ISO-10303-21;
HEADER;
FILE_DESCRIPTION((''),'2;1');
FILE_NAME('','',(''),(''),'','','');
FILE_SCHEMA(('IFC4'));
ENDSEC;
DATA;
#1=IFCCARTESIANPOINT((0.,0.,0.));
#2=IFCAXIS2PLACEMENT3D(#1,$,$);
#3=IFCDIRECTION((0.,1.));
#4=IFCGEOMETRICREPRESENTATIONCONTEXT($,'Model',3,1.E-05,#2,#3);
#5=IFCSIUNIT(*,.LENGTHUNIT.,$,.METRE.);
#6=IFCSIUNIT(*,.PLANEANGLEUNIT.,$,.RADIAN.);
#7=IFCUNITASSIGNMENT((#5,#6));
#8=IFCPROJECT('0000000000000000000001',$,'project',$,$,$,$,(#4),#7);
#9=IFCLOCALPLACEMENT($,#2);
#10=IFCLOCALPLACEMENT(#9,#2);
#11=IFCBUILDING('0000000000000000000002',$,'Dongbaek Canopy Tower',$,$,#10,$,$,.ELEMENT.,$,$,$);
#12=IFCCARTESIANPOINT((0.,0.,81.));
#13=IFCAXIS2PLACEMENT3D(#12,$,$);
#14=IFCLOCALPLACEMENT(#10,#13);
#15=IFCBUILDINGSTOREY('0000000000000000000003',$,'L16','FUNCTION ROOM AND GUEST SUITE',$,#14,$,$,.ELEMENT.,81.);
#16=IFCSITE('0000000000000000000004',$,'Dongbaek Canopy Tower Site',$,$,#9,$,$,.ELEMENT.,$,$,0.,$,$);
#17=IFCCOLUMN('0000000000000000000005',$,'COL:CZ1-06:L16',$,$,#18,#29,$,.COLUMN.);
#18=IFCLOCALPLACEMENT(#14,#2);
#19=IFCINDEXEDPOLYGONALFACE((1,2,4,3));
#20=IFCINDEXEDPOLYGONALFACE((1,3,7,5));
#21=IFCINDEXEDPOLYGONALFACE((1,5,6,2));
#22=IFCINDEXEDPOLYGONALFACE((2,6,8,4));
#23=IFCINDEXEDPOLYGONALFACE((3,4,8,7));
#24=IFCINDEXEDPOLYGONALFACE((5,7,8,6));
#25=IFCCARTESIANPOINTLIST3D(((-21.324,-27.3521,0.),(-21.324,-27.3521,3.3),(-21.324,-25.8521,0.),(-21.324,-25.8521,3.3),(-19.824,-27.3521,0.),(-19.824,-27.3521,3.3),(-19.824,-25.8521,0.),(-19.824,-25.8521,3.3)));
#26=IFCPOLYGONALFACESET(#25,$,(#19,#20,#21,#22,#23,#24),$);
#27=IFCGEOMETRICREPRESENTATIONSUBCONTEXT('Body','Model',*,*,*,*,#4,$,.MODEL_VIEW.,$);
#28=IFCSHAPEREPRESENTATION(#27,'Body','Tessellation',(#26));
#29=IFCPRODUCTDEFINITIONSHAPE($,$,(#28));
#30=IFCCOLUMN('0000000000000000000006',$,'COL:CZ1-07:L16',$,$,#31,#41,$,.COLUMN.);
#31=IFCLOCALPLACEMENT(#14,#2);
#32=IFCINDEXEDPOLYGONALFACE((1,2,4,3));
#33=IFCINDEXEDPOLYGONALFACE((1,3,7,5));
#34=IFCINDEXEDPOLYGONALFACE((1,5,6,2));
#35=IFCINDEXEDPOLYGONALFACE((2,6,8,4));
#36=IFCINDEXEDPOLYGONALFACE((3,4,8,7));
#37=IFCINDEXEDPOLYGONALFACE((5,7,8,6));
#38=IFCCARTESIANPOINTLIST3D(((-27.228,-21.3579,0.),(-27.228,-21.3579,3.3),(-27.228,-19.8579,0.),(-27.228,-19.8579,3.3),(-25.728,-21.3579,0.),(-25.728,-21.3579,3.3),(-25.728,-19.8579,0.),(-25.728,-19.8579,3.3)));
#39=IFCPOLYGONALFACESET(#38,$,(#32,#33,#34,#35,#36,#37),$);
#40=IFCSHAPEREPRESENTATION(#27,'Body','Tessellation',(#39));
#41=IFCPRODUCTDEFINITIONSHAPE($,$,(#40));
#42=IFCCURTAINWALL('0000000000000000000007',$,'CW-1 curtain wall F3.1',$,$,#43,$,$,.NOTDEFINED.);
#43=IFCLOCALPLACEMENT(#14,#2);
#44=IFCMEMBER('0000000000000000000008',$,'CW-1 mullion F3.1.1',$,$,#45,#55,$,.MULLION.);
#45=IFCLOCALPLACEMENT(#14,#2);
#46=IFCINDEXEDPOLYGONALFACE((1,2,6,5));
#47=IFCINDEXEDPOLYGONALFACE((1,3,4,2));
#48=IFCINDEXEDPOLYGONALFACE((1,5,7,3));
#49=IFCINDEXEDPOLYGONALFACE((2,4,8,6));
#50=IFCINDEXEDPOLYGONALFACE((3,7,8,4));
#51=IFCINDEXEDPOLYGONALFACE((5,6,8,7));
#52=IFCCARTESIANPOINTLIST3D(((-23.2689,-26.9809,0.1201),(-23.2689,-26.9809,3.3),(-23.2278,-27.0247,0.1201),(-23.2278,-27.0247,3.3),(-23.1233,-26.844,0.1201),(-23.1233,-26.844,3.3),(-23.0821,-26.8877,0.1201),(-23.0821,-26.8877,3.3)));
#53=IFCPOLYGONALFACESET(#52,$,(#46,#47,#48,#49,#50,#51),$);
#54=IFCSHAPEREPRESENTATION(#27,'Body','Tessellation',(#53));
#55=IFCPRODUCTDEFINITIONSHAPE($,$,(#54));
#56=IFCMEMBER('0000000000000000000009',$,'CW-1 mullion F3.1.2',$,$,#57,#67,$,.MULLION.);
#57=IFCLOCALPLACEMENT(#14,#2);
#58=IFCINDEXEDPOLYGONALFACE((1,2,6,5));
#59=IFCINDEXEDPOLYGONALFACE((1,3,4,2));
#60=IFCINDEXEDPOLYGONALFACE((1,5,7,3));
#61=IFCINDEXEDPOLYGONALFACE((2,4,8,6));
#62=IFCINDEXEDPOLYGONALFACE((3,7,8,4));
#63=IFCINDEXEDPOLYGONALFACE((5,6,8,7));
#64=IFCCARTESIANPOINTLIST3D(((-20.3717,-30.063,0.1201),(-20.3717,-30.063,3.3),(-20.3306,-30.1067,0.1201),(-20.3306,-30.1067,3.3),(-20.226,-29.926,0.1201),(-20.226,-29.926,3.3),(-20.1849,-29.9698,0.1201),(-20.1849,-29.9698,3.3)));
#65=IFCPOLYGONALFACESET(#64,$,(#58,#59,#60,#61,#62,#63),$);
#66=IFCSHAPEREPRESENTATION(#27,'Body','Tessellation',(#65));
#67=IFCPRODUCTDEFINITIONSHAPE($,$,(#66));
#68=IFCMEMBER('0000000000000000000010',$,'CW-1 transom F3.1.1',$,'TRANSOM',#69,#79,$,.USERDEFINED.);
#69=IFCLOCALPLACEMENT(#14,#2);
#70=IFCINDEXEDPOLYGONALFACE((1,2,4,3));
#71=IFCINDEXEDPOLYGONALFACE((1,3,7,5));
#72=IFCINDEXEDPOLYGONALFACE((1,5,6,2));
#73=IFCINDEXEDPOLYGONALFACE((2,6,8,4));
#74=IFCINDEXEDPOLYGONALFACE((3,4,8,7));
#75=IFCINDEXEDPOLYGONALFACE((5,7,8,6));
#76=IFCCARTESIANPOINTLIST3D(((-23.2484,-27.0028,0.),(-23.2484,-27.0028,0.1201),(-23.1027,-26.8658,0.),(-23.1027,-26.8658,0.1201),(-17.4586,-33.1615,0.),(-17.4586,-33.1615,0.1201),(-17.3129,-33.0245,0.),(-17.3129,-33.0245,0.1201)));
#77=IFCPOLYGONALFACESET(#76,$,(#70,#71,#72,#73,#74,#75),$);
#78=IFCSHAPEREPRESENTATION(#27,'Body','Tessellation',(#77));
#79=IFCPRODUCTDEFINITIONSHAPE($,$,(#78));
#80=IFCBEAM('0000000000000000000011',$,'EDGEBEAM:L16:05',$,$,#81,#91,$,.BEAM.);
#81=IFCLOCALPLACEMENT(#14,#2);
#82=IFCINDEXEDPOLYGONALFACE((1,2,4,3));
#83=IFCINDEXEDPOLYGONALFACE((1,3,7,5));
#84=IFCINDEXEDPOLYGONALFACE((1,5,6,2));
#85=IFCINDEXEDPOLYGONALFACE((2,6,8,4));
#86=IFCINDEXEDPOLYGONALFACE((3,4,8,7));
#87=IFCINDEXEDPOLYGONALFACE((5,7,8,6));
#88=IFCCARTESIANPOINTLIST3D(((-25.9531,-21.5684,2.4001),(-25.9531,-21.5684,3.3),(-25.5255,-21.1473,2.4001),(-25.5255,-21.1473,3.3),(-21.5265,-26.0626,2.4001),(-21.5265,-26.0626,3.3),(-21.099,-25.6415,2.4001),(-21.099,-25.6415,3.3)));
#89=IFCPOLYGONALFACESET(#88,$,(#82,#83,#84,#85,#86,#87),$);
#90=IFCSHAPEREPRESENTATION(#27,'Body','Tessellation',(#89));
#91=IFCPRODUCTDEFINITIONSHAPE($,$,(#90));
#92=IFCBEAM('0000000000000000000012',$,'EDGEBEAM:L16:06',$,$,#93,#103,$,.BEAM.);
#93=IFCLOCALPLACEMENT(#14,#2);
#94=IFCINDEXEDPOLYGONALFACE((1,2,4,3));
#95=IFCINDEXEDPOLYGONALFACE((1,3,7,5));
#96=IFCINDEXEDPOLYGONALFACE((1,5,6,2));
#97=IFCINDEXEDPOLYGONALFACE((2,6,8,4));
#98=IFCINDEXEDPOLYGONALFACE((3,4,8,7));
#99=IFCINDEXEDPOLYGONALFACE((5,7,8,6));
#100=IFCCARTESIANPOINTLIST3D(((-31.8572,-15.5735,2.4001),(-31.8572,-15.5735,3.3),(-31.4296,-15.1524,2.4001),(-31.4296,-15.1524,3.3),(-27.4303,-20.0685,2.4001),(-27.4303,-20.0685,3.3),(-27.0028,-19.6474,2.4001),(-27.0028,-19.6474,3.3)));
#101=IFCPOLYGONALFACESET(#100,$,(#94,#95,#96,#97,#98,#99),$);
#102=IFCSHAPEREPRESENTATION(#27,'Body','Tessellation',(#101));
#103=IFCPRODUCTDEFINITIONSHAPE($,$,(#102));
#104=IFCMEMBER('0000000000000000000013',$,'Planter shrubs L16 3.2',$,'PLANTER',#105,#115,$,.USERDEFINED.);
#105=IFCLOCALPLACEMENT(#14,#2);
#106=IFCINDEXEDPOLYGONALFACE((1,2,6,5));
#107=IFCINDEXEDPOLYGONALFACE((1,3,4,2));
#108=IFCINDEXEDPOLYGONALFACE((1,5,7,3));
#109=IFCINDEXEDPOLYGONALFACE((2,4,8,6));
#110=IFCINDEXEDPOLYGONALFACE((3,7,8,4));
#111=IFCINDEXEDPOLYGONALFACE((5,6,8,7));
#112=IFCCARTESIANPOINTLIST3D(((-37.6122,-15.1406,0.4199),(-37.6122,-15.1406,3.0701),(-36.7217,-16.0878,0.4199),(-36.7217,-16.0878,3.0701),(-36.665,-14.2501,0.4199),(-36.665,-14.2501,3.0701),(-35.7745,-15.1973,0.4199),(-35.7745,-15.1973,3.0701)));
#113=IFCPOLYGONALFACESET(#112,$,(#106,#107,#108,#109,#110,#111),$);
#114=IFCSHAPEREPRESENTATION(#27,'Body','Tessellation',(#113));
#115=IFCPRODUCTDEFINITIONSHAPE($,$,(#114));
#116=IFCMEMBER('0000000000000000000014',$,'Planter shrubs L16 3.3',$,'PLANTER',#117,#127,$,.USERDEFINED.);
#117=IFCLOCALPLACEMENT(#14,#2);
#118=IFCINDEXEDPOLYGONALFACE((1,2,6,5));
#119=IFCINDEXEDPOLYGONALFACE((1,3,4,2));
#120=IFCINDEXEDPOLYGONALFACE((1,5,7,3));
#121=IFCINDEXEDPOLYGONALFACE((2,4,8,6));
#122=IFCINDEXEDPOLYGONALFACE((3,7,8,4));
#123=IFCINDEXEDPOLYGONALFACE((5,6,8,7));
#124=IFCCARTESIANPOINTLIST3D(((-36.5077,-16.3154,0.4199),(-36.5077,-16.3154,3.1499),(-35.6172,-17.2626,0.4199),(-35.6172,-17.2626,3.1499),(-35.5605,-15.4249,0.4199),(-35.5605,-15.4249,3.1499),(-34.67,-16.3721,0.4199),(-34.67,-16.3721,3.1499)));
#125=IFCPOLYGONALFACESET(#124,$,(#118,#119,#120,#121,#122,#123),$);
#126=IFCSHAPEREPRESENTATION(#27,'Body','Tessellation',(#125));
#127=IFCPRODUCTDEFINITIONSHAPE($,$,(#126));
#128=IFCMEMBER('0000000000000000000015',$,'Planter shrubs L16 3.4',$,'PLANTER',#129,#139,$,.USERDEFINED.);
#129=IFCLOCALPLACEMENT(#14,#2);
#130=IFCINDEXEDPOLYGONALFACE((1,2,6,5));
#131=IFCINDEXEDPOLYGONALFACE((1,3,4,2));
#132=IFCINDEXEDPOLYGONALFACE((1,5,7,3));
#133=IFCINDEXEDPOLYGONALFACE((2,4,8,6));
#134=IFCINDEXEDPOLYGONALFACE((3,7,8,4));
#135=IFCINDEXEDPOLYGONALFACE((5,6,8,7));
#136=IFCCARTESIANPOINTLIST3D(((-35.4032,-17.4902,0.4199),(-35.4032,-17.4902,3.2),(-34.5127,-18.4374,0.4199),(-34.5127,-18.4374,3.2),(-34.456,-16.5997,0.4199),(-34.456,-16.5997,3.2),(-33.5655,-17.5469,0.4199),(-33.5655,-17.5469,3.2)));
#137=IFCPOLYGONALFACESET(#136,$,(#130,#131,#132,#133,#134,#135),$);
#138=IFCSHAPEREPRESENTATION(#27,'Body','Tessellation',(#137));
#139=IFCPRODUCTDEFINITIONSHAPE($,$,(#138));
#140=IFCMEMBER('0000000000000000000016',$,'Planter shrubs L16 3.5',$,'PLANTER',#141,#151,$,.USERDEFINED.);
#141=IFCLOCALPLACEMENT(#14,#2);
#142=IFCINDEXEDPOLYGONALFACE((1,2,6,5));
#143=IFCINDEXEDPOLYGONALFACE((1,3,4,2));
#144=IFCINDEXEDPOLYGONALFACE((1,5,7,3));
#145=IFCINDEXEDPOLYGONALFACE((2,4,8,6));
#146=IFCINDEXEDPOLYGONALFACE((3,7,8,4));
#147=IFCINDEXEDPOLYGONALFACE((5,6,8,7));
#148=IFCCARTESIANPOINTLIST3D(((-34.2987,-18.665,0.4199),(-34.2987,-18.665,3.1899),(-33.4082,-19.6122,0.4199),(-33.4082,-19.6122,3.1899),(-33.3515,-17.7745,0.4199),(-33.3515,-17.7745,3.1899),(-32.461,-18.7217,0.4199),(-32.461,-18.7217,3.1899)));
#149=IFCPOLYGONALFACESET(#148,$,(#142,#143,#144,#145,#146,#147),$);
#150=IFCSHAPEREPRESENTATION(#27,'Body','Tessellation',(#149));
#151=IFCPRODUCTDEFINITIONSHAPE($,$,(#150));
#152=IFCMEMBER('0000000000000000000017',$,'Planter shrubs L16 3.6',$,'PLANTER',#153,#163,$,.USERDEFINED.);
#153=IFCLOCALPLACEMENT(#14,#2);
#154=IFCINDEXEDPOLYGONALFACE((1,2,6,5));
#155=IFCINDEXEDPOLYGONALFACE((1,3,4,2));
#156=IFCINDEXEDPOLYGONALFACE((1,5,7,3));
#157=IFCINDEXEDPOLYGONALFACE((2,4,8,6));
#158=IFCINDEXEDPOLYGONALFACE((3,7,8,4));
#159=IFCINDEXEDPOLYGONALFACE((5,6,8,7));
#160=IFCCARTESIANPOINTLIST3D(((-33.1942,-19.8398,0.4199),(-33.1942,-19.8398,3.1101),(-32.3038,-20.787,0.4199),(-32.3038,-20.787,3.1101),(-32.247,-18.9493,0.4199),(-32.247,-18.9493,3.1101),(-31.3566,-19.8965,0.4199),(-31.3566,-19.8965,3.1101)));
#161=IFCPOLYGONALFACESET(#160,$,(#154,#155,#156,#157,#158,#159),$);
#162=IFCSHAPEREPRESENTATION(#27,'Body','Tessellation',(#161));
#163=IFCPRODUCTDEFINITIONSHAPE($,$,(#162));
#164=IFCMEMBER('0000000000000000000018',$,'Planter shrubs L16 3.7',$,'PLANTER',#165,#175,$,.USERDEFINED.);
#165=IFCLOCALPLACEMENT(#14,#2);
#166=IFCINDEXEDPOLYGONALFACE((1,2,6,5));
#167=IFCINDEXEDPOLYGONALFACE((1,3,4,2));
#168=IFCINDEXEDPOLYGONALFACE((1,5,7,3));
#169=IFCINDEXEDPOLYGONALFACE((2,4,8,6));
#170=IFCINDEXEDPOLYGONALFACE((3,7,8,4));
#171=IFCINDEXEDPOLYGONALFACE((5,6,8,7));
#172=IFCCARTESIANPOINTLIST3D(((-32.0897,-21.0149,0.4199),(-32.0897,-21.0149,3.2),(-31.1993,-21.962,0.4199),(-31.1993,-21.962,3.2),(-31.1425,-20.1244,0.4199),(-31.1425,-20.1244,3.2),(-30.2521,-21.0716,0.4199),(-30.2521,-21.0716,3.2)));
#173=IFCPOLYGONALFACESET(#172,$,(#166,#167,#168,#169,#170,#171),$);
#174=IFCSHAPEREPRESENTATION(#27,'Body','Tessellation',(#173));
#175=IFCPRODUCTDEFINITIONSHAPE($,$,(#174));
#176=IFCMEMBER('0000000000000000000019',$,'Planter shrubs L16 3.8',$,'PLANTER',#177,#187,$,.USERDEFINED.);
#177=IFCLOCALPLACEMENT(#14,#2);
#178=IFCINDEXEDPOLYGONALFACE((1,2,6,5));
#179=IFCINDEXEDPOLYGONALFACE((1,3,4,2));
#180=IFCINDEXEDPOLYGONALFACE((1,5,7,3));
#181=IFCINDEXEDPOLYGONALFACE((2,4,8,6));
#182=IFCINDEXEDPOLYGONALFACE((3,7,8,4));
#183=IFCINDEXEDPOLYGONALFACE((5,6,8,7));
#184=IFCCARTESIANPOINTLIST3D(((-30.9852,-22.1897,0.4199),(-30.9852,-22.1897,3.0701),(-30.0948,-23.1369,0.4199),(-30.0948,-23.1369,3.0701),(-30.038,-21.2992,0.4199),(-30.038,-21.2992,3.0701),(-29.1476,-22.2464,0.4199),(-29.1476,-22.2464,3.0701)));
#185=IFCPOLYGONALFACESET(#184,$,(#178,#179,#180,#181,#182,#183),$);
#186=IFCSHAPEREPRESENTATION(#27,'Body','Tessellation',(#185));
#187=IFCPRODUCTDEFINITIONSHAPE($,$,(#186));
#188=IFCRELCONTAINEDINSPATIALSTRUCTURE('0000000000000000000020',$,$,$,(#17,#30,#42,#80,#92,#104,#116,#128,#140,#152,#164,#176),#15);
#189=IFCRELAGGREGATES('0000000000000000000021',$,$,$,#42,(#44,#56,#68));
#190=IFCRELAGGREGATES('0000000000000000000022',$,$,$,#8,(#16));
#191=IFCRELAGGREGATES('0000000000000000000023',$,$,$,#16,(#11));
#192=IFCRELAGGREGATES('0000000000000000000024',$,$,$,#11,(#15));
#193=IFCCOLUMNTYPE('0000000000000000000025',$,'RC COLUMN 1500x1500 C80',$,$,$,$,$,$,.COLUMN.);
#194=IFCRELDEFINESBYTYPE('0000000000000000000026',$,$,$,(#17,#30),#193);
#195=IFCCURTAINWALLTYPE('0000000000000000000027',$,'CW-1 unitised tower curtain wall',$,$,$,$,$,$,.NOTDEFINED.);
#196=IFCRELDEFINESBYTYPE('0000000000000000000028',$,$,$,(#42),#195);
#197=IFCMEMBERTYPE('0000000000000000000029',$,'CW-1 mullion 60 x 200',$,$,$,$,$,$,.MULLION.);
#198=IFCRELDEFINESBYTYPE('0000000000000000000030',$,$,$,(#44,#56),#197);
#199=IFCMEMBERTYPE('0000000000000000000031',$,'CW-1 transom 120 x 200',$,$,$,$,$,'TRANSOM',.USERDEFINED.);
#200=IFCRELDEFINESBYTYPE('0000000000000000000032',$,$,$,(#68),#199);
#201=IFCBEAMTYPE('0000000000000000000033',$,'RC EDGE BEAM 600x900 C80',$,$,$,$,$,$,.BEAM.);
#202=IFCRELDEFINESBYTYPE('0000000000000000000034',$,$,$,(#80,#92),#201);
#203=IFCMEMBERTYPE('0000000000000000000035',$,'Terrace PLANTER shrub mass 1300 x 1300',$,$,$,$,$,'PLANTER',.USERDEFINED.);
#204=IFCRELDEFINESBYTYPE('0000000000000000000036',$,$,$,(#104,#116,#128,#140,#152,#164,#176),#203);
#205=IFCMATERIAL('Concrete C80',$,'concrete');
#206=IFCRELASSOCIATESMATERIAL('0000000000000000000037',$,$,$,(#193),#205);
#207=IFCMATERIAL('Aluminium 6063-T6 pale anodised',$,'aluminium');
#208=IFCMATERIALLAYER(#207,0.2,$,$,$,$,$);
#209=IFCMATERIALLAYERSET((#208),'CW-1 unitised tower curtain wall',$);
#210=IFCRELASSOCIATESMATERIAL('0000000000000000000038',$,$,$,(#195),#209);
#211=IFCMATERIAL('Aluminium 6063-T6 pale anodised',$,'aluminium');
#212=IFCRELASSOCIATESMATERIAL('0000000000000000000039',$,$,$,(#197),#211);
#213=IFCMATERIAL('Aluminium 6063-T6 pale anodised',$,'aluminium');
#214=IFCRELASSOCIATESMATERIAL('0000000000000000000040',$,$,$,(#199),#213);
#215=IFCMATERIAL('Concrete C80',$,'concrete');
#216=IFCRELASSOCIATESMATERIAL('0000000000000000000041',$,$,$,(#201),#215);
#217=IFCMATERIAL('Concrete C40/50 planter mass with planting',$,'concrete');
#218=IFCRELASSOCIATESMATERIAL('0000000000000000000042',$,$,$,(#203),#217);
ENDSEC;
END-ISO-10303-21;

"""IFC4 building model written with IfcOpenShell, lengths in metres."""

from ifc_helpers import new_model, si_unit, direction, frame, origin, origin_2d, place, context, subcontext, project, spatial, rectangle, extrude, material, layer, layer_set, material_profile, profile_set, type_object, element, aggregate, save


model = new_model("IFC4")

# Units and contexts
model_context = context("Model", 3, precision=1e-05, world=origin(), true_north=direction((0.0, 1.0)))
body_context = subcontext(model_context, "Body", "Model", "MODEL_VIEW")
ifc_project = project(units=[si_unit("LENGTHUNIT", "METRE"), si_unit("PLANEANGLEUNIT", "RADIAN")], contexts=[model_context])

# Site, building, storey
site_placement = place(None, origin())
site = spatial("IfcSite", under=ifc_project, at=site_placement, Name="Dongbaek Canopy Tower Site", CompositionType="ELEMENT", RefElevation=0.0)
building_placement = place(site_placement, origin())
building = spatial("IfcBuilding", under=site, at=building_placement, Name="Dongbaek Canopy Tower", CompositionType="ELEMENT")
storey_placement = place(building_placement, frame((0.0, 0.0, 81.0)))
storey = spatial("IfcBuildingStorey", under=building, at=storey_placement, Name="L16", Description="FUNCTION ROOM AND GUEST SUITE", CompositionType="ELEMENT", Elevation=81.0)

# Columns
ifc_material_1 = material(Name="Concrete C80", Category="concrete")
ifc_material_profile_1 = material_profile(ifc_material_1, rectangle(XDim=1.5, YDim=1.5, at=origin_2d()), Name="RC COLUMN 1500x1500 C80")
ifc_profile_set_1 = profile_set([ifc_material_profile_1], Name="Concrete C80")
column_type = type_object("IfcColumnType", Name="RC COLUMN 1500x1500 C80", PredefinedType="COLUMN", material=ifc_profile_set_1)
for number, where, z_axis, x_axis, name in (
    (1, (-20.574, -26.6021, 0.0), (0.0, 0.0, 1.0), (1.0, 0.0, 0.0), "COL:CZ1-06:L16"),
    (2, (-26.478, -20.6079, 0.0), (0.0, 0.0, 1.0), (1.0, 0.0, 0.0), "COL:CZ1-07:L16"),
):
    element("IfcColumn", number, at=place(storey_placement, frame(where, z_axis=z_axis, x_axis=x_axis)), inside=storey, type_object=column_type, Name=name, PredefinedType="COLUMN", context=body_context, shape_type="SweptSolid", body=[
        extrude(rectangle(XDim=1.5, YDim=1.5, at=origin_2d()), origin(), (0.0, 0.0, 1.0), 3.3),
    ])

# Curtain wall, members
ifc_material_2 = material(Name="Aluminium 6063-T6 pale anodised", Category="aluminium")
ifc_layer_1 = layer(ifc_material_2, 0.2)
ifc_layer_set_1 = layer_set([ifc_layer_1], Name="CW-1 unitised tower curtain wall")
curtain_wall_type = type_object("IfcCurtainWallType", Name="CW-1 unitised tower curtain wall", PredefinedType="NOTDEFINED", material=ifc_layer_set_1)
curtain_wall_placement = place(storey_placement, origin())
curtain_wall = element("IfcCurtainWall", 3, at=curtain_wall_placement, inside=storey, type_object=curtain_wall_type, Name="CW-1 curtain wall F3.1", PredefinedType="NOTDEFINED")
ifc_material_3 = material(Name="Aluminium 6063-T6 pale anodised", Category="aluminium")
ifc_material_profile_2 = material_profile(ifc_material_3, rectangle(XDim=0.2, YDim=0.0601, at=origin_2d()), Name="CW-1 mullion 60 x 200")
ifc_profile_set_2 = profile_set([ifc_material_profile_2], Name="Aluminium 6063-T6 pale anodised")
member_type_1 = type_object("IfcMemberType", Name="CW-1 mullion 60 x 200", PredefinedType="MULLION", material=ifc_profile_set_2)
member_1_placement = place(storey_placement, frame((-23.1755, -26.9343, 0.1201), z_axis=(0.0, 0.0, 1.0), x_axis=(-0.728585, -0.684956, 0.0)))
member_1 = element("IfcMember", 4, at=member_1_placement, type_object=member_type_1, Name="CW-1 mullion F3.1.1", PredefinedType="MULLION", context=body_context, shape_type="SweptSolid", body=[
    extrude(rectangle(XDim=0.2, YDim=0.0601, at=origin_2d()), origin(), (0.0, 0.0, 1.0), 3.1799),
])
member_2_placement = place(storey_placement, frame((-20.2783, -30.0164, 0.1201), z_axis=(0.0, 0.0, 1.0), x_axis=(-0.728585, -0.684956, 0.0)))
member_2 = element("IfcMember", 5, at=member_2_placement, type_object=member_type_1, Name="CW-1 mullion F3.1.2", PredefinedType="MULLION", context=body_context, shape_type="SweptSolid", body=[
    extrude(rectangle(XDim=0.2, YDim=0.0601, at=origin_2d()), origin(), (0.0, 0.0, 1.0), 3.1799),
])
ifc_material_4 = material(Name="Aluminium 6063-T6 pale anodised", Category="aluminium")
ifc_material_profile_3 = material_profile(ifc_material_4, rectangle(XDim=0.2, YDim=0.1201, at=origin_2d()), Name="CW-1 transom 120 x 200")
ifc_profile_set_3 = profile_set([ifc_material_profile_3], Name="Aluminium 6063-T6 pale anodised")
member_type_2 = type_object("IfcMemberType", Name="CW-1 transom 120 x 200", ElementType="TRANSOM", PredefinedType="USERDEFINED", material=ifc_profile_set_3)
member_3_placement = place(storey_placement, frame((-23.1755, -26.9343, 0.0601), z_axis=(0.684949, -0.728591, 0.0), x_axis=(0.728591, 0.684949, 0.0)))
member_3 = element("IfcMember", 6, at=member_3_placement, type_object=member_type_2, Name="CW-1 transom F3.1.1", ObjectType="TRANSOM", PredefinedType="USERDEFINED", context=body_context, shape_type="SweptSolid", body=[
    extrude(rectangle(XDim=0.2, YDim=0.1201, at=origin_2d()), origin(), (0.0, 0.0, 1.0), 8.4529),
])

# Beams
ifc_material_5 = material(Name="Concrete C80", Category="concrete")
ifc_material_profile_4 = material_profile(ifc_material_5, rectangle(XDim=0.6001, YDim=0.8999, at=origin_2d()), Name="RC EDGE BEAM 600x900 C80")
ifc_profile_set_4 = profile_set([ifc_material_profile_4], Name="Concrete C80")
beam_type = type_object("IfcBeamType", Name="RC EDGE BEAM 600x900 C80", PredefinedType="BEAM", material=ifc_profile_set_4)
beam_1_placement = place(storey_placement, frame((-21.3127, -25.8521, 2.8501), z_axis=(-0.701726, 0.712447, 0.0), x_axis=(-0.712447, -0.701726, 0.0)))
element("IfcBeam", 7, at=beam_1_placement, inside=storey, type_object=beam_type, Name="EDGEBEAM:L16:05", PredefinedType="BEAM", context=body_context, shape_type="SweptSolid", body=[
    extrude(rectangle(XDim=0.6001, YDim=0.8999, at=origin_2d()), origin(), (0.0, 0.0, 1.0), 6.3081),
])
beam_2_placement = place(storey_placement, frame((-27.2166, -19.8579, 2.8501), z_axis=(-0.701688, 0.712485, 0.0), x_axis=(-0.712485, -0.701688, 0.0)))
element("IfcBeam", 8, at=beam_2_placement, inside=storey, type_object=beam_type, Name="EDGEBEAM:L16:06", PredefinedType="BEAM", context=body_context, shape_type="SweptSolid", body=[
    extrude(rectangle(XDim=0.6001, YDim=0.8999, at=origin_2d()), origin(), (0.0, 0.0, 1.0), 6.3088),
])

# Members
ifc_material_6 = material(Name="Concrete C40/50 planter mass with planting", Category="concrete")
ifc_material_profile_5 = material_profile(ifc_material_6, rectangle(XDim=1.3, YDim=1.3, at=origin_2d()), Name="Terrace PLANTER shrub mass 1300 x 1300")
ifc_profile_set_5 = profile_set([ifc_material_profile_5], Name="Concrete C40/50 planter mass with planting")
member_type_3 = type_object("IfcMemberType", Name="Terrace PLANTER shrub mass 1300 x 1300", ElementType="PLANTER", PredefinedType="USERDEFINED", material=ifc_profile_set_5)
member_4_placement = place(storey_placement, frame((-36.6934, -15.1689, 0.4199), z_axis=(0.0, 0.0, 1.0), x_axis=(-0.728585, -0.684956, 0.0)))
element("IfcMember", 9, at=member_4_placement, inside=storey, type_object=member_type_3, Name="Planter shrubs L16 3.2", ObjectType="PLANTER", PredefinedType="USERDEFINED", context=body_context, shape_type="SweptSolid", body=[
    extrude(rectangle(XDim=1.3, YDim=1.3, at=origin_2d()), origin(), (0.0, 0.0, 1.0), 2.6501),
])
member_5_placement = place(storey_placement, frame((-35.5889, -16.3438, 0.4199), z_axis=(0.0, 0.0, 1.0), x_axis=(-0.728585, -0.684956, 0.0)))
element("IfcMember", 10, at=member_5_placement, inside=storey, type_object=member_type_3, Name="Planter shrubs L16 3.3", ObjectType="PLANTER", PredefinedType="USERDEFINED", context=body_context, shape_type="SweptSolid", body=[
    extrude(rectangle(XDim=1.3, YDim=1.3, at=origin_2d()), origin(), (0.0, 0.0, 1.0), 2.73),
])
member_6_placement = place(storey_placement, frame((-34.4844, -17.5186, 0.4199), z_axis=(0.0, 0.0, 1.0), x_axis=(-0.728585, -0.684956, 0.0)))
element("IfcMember", 11, at=member_6_placement, inside=storey, type_object=member_type_3, Name="Planter shrubs L16 3.4", ObjectType="PLANTER", PredefinedType="USERDEFINED", context=body_context, shape_type="SweptSolid", body=[
    extrude(rectangle(XDim=1.3, YDim=1.3, at=origin_2d()), origin(), (0.0, 0.0, 1.0), 2.78),
])
member_7_placement = place(storey_placement, frame((-33.3799, -18.6934, 0.4199), z_axis=(0.0, 0.0, 1.0), x_axis=(-0.728585, -0.684956, 0.0)))
element("IfcMember", 12, at=member_7_placement, inside=storey, type_object=member_type_3, Name="Planter shrubs L16 3.5", ObjectType="PLANTER", PredefinedType="USERDEFINED", context=body_context, shape_type="SweptSolid", body=[
    extrude(rectangle(XDim=1.3, YDim=1.3, at=origin_2d()), origin(), (0.0, 0.0, 1.0), 2.77),
])
member_8_placement = place(storey_placement, frame((-32.2754, -19.8682, 0.4199), z_axis=(0.0, 0.0, 1.0), x_axis=(-0.728585, -0.684956, 0.0)))
element("IfcMember", 13, at=member_8_placement, inside=storey, type_object=member_type_3, Name="Planter shrubs L16 3.6", ObjectType="PLANTER", PredefinedType="USERDEFINED", context=body_context, shape_type="SweptSolid", body=[
    extrude(rectangle(XDim=1.3, YDim=1.3, at=origin_2d()), origin(), (0.0, 0.0, 1.0), 2.6902),
])
member_9_placement = place(storey_placement, frame((-31.1709, -21.0432, 0.4199), z_axis=(0.0, 0.0, 1.0), x_axis=(-0.728585, -0.684956, 0.0)))
element("IfcMember", 14, at=member_9_placement, inside=storey, type_object=member_type_3, Name="Planter shrubs L16 3.7", ObjectType="PLANTER", PredefinedType="USERDEFINED", context=body_context, shape_type="SweptSolid", body=[
    extrude(rectangle(XDim=1.3, YDim=1.3, at=origin_2d()), origin(), (0.0, 0.0, 1.0), 2.78),
])
member_10_placement = place(storey_placement, frame((-30.0664, -22.218, 0.4199), z_axis=(0.0, 0.0, 1.0), x_axis=(-0.728585, -0.684956, 0.0)))
element("IfcMember", 15, at=member_10_placement, inside=storey, type_object=member_type_3, Name="Planter shrubs L16 3.8", ObjectType="PLANTER", PredefinedType="USERDEFINED", context=body_context, shape_type="SweptSolid", body=[
    extrude(rectangle(XDim=1.3, YDim=1.3, at=origin_2d()), origin(), (0.0, 0.0, 1.0), 2.6501),
])

aggregate(curtain_wall, [member_1, member_2, member_3])

save(model, "model.ifc")
